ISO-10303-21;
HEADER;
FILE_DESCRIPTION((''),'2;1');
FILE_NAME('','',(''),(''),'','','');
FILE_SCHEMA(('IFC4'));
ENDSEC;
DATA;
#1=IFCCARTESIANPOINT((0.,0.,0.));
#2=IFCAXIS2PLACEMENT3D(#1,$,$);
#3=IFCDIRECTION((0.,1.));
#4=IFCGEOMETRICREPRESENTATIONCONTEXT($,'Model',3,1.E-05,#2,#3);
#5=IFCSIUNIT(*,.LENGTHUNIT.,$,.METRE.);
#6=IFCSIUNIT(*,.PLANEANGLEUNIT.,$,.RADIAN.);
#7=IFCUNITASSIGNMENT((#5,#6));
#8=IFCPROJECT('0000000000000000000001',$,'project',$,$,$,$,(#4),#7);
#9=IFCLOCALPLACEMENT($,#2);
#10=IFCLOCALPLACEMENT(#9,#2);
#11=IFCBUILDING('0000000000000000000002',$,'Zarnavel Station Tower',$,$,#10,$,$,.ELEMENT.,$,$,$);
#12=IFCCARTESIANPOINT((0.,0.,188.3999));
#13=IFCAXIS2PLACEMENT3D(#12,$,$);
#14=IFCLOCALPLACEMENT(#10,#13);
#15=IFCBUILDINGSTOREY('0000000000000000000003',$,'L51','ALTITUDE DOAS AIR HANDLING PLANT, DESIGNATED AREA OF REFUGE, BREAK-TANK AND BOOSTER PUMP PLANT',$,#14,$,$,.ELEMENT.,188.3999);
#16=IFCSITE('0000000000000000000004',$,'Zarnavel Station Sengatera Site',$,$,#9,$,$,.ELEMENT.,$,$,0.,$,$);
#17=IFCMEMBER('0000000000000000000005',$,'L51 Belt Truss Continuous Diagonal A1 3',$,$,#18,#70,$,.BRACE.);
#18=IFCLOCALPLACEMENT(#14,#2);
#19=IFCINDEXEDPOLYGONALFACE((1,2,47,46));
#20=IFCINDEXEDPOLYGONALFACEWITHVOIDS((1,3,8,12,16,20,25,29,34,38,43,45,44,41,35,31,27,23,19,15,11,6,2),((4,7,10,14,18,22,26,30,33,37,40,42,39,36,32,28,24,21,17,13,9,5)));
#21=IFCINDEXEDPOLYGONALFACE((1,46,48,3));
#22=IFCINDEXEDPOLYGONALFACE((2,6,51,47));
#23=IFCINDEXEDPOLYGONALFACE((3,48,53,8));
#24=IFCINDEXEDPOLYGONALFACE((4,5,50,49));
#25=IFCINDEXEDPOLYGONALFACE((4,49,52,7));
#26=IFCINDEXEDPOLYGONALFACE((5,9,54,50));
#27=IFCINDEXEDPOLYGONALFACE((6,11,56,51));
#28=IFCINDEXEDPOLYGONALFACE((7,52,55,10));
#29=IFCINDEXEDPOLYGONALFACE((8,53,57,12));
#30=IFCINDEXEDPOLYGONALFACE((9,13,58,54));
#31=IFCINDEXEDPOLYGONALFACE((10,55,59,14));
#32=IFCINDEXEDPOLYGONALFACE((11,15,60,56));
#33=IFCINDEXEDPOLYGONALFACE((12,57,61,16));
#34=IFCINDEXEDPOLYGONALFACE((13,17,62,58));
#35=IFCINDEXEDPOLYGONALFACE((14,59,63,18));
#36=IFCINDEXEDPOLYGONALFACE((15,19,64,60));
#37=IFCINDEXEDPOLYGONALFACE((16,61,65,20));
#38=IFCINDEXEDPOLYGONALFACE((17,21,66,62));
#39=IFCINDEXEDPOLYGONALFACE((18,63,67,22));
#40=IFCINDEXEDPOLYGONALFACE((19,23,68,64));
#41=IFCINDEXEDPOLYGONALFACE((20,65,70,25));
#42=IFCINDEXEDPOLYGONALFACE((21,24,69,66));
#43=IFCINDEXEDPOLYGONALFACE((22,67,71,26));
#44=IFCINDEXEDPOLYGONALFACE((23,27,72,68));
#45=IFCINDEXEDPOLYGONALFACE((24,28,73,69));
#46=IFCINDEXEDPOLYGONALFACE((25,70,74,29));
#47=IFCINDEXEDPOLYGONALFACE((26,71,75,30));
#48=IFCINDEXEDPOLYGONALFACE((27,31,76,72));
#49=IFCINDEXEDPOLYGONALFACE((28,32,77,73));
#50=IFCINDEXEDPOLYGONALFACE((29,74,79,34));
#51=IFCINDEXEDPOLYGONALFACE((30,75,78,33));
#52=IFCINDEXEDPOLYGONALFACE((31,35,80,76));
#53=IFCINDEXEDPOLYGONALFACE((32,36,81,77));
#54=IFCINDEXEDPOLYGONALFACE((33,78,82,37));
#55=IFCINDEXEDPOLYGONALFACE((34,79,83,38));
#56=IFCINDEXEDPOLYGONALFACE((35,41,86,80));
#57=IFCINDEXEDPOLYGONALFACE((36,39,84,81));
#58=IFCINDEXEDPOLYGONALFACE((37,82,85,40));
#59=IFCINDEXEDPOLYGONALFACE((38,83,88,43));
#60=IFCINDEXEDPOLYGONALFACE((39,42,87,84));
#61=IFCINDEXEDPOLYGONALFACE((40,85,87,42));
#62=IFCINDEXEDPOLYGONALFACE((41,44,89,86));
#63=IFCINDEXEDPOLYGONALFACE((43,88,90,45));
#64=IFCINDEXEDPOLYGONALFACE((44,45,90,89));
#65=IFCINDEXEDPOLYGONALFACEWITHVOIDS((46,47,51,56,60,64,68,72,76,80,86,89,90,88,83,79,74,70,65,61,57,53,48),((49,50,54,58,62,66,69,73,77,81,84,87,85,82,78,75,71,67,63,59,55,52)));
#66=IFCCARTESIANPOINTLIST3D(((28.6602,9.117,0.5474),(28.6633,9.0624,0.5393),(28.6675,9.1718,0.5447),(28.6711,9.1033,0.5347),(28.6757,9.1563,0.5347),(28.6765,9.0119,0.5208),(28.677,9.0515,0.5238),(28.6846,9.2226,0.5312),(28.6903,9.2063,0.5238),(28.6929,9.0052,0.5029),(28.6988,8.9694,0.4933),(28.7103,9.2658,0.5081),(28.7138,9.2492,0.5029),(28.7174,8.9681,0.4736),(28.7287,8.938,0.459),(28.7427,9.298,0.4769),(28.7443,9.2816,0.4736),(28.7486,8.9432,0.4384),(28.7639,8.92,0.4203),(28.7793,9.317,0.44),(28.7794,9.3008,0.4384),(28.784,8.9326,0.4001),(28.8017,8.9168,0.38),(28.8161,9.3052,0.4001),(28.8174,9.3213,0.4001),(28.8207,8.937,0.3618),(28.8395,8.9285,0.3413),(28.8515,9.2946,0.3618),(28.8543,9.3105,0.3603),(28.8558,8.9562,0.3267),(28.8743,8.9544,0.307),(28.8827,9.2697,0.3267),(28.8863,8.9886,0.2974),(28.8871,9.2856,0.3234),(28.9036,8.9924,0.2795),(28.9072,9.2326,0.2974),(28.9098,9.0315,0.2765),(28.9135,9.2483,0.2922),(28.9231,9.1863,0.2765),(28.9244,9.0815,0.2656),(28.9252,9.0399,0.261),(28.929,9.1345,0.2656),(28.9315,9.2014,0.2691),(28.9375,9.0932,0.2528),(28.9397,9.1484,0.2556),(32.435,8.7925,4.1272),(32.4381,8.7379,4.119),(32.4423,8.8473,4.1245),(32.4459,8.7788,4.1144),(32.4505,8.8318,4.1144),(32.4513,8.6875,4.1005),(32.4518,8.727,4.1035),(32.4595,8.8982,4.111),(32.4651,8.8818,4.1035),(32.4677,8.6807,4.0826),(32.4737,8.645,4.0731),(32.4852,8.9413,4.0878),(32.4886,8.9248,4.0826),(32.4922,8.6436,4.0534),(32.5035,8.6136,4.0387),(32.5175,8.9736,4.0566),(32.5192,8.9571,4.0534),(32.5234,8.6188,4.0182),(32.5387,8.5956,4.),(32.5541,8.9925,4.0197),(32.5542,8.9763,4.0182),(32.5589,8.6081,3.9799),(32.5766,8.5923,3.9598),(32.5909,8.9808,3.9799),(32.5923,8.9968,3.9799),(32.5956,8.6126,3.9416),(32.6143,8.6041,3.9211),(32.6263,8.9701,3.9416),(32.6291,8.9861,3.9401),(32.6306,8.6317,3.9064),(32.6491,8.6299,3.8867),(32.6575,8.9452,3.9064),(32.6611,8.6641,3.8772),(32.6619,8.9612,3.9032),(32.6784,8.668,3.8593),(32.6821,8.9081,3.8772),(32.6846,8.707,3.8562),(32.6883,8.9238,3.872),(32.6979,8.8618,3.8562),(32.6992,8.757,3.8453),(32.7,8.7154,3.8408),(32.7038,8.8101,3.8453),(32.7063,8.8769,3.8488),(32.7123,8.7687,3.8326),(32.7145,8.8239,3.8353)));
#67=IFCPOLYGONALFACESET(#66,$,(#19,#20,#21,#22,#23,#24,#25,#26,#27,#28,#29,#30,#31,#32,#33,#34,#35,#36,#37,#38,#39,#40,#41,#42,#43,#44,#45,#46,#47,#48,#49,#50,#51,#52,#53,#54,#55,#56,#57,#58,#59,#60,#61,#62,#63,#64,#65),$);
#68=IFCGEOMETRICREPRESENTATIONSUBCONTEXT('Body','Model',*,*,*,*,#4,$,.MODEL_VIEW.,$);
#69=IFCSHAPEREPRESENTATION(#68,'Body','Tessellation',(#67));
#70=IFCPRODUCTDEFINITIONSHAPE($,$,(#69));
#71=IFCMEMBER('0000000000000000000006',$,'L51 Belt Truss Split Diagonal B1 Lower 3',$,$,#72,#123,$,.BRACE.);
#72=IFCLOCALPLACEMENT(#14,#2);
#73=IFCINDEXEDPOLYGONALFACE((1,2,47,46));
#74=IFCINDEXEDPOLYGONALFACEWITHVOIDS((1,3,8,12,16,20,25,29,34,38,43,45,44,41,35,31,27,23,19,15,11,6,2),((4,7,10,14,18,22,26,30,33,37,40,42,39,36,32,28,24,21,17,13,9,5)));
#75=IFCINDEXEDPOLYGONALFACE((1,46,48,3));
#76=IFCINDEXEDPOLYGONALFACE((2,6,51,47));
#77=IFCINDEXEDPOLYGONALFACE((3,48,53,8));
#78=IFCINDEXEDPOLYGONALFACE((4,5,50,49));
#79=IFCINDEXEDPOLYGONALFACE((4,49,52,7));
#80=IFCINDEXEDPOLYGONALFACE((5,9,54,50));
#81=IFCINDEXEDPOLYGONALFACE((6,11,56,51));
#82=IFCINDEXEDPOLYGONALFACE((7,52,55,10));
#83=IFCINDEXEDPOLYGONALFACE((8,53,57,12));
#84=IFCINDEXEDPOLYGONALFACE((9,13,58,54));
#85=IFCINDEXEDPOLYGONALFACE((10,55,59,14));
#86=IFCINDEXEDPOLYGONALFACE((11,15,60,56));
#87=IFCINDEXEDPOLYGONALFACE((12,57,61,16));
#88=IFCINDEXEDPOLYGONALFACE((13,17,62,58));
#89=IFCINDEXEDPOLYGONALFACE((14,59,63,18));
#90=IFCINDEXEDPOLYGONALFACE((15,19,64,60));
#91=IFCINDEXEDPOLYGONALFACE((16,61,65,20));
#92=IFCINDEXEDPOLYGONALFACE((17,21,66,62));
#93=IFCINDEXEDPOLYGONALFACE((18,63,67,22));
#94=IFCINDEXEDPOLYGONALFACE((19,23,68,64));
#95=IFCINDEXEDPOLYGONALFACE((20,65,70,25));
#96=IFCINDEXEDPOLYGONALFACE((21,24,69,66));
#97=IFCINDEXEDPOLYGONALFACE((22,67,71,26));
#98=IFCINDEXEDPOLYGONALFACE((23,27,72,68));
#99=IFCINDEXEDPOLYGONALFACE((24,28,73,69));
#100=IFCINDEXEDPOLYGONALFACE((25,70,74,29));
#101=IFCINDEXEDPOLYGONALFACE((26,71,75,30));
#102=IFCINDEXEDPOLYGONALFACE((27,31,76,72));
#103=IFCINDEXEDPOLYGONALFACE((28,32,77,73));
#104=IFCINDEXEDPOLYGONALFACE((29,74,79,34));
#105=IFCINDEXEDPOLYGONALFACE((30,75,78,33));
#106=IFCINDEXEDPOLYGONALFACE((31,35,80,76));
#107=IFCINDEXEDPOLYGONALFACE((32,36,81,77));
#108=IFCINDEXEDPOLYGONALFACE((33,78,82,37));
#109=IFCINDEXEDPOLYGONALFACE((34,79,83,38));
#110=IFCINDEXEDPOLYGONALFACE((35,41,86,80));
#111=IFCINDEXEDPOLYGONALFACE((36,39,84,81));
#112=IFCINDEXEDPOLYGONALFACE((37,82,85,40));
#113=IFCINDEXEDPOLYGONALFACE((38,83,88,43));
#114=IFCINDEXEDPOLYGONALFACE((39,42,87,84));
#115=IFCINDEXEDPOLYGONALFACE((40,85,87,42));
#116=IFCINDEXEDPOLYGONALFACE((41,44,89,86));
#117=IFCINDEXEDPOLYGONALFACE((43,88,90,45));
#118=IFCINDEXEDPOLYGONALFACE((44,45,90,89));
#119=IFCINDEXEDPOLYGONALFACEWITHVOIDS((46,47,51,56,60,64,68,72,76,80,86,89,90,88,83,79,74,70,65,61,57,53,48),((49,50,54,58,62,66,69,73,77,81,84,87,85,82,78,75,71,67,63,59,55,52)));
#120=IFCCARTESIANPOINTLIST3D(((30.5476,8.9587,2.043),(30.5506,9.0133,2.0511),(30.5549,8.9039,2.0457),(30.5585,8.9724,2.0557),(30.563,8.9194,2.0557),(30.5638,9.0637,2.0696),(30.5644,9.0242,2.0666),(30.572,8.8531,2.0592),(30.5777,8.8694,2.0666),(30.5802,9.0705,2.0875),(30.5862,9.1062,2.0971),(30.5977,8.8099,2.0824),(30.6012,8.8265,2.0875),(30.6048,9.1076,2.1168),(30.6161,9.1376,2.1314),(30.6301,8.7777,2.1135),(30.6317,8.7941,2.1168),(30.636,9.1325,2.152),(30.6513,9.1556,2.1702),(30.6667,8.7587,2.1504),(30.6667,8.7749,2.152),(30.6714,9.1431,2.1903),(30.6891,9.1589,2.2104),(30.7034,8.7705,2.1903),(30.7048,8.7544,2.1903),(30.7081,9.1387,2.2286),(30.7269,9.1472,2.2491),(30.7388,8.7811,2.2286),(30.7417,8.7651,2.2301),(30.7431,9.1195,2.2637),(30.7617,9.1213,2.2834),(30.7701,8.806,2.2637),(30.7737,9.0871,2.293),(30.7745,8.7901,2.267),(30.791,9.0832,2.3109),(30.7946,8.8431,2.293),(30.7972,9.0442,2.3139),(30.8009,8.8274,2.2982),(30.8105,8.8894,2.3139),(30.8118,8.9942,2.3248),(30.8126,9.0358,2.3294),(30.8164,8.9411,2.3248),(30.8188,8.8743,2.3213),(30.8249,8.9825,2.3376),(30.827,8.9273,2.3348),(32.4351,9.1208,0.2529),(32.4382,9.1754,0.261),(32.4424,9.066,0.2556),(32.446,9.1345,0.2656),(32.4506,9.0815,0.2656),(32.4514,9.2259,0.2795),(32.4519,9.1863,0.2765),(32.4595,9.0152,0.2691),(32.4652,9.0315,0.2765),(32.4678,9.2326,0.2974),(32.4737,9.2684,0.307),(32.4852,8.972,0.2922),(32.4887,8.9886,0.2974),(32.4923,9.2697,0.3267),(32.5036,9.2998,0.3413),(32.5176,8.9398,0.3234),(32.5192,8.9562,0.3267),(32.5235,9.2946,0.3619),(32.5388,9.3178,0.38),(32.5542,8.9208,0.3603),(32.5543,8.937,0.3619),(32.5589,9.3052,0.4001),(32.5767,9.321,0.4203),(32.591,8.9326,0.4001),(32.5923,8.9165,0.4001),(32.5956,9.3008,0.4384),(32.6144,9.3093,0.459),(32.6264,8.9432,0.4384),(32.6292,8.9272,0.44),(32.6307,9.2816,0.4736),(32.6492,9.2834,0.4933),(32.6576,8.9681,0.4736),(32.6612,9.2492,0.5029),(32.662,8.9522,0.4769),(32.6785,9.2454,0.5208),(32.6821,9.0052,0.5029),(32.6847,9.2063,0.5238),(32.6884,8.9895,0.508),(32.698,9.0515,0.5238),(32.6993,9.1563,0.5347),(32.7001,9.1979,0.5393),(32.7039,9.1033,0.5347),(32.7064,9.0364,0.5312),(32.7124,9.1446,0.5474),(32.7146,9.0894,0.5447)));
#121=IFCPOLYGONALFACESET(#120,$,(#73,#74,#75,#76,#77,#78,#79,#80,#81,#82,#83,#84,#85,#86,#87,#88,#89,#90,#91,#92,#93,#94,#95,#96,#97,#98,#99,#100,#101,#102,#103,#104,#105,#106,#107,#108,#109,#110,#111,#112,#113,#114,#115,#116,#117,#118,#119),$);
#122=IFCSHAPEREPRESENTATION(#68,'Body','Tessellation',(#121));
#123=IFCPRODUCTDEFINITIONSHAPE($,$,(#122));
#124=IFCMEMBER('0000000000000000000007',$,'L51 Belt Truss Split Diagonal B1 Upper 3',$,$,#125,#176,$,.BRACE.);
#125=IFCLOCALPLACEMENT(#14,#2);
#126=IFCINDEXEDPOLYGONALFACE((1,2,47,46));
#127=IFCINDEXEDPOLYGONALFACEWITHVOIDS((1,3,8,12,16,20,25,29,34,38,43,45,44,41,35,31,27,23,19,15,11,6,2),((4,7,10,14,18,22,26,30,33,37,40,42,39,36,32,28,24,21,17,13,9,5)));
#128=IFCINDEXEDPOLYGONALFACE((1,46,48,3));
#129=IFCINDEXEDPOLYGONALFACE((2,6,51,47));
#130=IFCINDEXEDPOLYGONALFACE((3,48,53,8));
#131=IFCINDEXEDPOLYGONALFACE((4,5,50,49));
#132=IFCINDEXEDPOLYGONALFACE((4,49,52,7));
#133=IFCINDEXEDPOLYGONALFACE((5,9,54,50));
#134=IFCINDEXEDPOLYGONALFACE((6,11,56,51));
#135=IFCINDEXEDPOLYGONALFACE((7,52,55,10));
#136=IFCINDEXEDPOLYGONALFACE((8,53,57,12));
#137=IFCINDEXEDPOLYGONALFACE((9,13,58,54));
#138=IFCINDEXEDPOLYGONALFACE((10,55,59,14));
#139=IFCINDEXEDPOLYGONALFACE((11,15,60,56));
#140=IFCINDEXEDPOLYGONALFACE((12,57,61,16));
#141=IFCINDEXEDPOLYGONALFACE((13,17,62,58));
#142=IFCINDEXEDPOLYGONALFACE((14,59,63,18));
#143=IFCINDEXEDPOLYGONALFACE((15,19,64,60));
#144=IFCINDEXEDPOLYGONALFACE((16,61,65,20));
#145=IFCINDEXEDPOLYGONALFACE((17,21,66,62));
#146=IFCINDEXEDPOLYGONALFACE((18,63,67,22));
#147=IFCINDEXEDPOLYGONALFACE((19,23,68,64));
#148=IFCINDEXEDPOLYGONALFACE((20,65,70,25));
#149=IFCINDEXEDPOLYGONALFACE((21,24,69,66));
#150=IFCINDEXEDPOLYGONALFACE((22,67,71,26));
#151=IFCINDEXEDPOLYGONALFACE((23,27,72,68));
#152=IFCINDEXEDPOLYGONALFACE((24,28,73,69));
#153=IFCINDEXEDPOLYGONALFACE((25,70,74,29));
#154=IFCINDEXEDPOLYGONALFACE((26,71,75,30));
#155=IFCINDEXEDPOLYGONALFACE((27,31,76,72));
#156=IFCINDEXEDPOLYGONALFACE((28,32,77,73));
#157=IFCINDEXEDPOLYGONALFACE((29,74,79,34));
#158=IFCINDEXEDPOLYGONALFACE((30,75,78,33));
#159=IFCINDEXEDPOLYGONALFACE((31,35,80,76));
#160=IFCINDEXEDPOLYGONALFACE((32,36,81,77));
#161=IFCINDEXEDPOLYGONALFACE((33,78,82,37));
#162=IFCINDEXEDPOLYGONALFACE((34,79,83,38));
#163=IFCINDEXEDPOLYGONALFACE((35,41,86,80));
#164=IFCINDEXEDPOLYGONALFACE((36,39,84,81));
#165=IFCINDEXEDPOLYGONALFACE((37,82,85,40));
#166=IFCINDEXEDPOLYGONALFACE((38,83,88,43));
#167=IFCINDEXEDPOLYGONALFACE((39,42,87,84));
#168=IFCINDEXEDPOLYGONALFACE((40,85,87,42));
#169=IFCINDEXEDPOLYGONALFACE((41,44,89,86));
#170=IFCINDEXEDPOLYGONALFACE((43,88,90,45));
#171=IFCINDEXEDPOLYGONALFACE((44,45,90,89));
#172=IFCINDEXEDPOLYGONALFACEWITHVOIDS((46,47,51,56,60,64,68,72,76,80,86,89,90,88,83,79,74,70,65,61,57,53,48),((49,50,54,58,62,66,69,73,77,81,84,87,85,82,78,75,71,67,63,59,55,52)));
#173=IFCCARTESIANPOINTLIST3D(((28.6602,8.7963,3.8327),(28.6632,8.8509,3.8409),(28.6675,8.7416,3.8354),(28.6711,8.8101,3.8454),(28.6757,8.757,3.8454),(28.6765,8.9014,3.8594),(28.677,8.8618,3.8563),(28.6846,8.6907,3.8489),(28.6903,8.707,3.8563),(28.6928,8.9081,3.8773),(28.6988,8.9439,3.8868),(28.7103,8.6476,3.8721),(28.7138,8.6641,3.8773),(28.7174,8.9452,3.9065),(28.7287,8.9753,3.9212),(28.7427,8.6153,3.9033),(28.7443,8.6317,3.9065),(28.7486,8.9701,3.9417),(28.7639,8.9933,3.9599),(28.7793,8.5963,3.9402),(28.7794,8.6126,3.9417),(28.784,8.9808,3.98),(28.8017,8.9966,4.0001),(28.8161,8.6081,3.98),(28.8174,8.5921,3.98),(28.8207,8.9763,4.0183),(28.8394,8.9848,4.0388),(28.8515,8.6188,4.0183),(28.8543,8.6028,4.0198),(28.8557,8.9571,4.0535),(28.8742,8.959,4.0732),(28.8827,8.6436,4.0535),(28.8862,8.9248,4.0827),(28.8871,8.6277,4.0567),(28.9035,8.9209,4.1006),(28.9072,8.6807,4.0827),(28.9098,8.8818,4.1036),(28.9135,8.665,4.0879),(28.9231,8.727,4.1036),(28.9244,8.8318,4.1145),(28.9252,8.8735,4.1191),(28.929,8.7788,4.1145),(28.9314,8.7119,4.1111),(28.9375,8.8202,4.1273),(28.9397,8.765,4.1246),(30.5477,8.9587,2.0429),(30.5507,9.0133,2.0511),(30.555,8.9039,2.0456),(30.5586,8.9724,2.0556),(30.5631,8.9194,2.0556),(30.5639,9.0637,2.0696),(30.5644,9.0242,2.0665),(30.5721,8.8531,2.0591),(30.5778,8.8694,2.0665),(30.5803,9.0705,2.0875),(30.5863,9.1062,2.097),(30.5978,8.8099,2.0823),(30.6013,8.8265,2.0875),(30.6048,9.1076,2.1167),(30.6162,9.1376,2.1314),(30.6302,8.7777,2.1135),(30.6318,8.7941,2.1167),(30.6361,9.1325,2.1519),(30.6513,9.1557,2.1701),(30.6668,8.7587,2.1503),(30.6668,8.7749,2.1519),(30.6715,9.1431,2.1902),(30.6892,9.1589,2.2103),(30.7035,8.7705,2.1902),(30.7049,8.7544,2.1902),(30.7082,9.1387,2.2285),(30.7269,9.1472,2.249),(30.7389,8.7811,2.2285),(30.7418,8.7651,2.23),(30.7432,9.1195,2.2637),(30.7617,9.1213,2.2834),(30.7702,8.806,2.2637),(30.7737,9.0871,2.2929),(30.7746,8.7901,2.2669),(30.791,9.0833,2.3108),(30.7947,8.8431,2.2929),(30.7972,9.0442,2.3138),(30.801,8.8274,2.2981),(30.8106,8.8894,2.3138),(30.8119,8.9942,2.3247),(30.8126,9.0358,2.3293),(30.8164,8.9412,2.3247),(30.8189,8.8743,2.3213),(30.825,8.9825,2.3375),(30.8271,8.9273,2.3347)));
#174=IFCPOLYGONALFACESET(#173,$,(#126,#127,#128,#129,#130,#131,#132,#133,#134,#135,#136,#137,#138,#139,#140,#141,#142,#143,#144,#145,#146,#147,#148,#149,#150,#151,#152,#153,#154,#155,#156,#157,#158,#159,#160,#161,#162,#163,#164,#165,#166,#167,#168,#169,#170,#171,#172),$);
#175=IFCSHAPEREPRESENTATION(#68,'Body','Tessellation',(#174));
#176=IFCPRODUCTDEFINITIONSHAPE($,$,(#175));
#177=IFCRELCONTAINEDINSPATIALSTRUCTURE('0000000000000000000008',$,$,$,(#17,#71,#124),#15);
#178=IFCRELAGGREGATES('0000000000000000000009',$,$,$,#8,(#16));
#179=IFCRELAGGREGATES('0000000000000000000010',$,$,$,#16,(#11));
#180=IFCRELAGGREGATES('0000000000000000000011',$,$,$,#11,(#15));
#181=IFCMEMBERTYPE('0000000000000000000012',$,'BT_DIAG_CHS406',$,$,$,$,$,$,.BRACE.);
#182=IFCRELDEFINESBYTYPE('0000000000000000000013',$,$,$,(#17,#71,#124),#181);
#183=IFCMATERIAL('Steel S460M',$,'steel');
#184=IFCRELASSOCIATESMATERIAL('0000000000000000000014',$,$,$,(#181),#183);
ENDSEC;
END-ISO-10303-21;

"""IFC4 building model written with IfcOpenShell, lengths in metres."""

from ifc_helpers import new_model, si_unit, direction, frame, origin, origin_2d, place, context, subcontext, project, spatial, hollow_circle, extrude, material, material_profile, profile_set, type_object, element, save


model = new_model("IFC4")

# Units and contexts
model_context = context("Model", 3, precision=1e-05, world=origin(), true_north=direction((0.0, 1.0)))
body_context = subcontext(model_context, "Body", "Model", "MODEL_VIEW")
ifc_project = project(units=[si_unit("LENGTHUNIT", "METRE"), si_unit("PLANEANGLEUNIT", "RADIAN")], contexts=[model_context])

# Site, building, storey
site_placement = place(None, origin())
site = spatial("IfcSite", under=ifc_project, at=site_placement, Name="Zarnavel Station Sengatera Site", CompositionType="ELEMENT", RefElevation=0.0)
building_placement = place(site_placement, origin())
building = spatial("IfcBuilding", under=site, at=building_placement, Name="Zarnavel Station Tower", CompositionType="ELEMENT")
storey_placement = place(building_placement, frame((0.0, 0.0, 188.3999)))
storey = spatial("IfcBuildingStorey", under=building, at=storey_placement, Name="L51", Description="ALTITUDE DOAS AIR HANDLING PLANT, DESIGNATED AREA OF REFUGE, BREAK-TANK AND BOOSTER PUMP PLANT", CompositionType="ELEMENT", Elevation=188.3999)

# Members
ifc_material_1 = material(Name="Steel S460M", Category="steel")
ifc_material_profile_1 = material_profile(ifc_material_1, hollow_circle(Radius=0.2031, WallThickness=0.0161, at=origin_2d()), Name="CHS406.4x16")
ifc_profile_set_1 = profile_set([ifc_material_profile_1], Name="Steel S460M")
member_type_1 = type_object("IfcMemberType", Name="BT_DIAG_CHS406", PredefinedType="BRACE", material=ifc_profile_set_1)
member_1_placement = place(storey_placement, frame((28.8, 9.1189, 0.4001), z_axis=(0.724199, -0.062247, 0.686776), x_axis=(0.085637, 0.996326, 0.0)))
element("IfcMember", 1, at=member_1_placement, inside=storey, type_object=member_type_1, Name="L51 Belt Truss Continuous Diagonal A1 3", PredefinedType="BRACE", context=body_context, shape_type="SweptSolid", body=[
    extrude(hollow_circle(Radius=0.2031, WallThickness=0.0161, at=origin_2d()), origin(), (0.0, 0.0, 1.0), 5.2124),
])
member_2_placement = place(storey_placement, frame((32.575, 9.1189, 0.4001), z_axis=(-0.724178, -0.062198, 0.686803), x_axis=(0.085573, -0.996332, 0.0)))
element("IfcMember", 2, at=member_2_placement, inside=storey, type_object=member_type_1, Name="L51 Belt Truss Split Diagonal B1 Lower 3", PredefinedType="BRACE", context=body_context, shape_type="SweptSolid", body=[
    extrude(hollow_circle(Radius=0.2031, WallThickness=0.0161, at=origin_2d()), origin(), (0.0, 0.0, 1.0), 2.6064),
])
member_3_placement = place(storey_placement, frame((30.6875, 8.9568, 2.1902), z_axis=(-0.72422, -0.062295, 0.686749), x_axis=(0.085701, -0.996321, 0.0)))
element("IfcMember", 3, at=member_3_placement, inside=storey, type_object=member_type_1, Name="L51 Belt Truss Split Diagonal B1 Upper 3", PredefinedType="BRACE", context=body_context, shape_type="SweptSolid", body=[
    extrude(hollow_circle(Radius=0.2031, WallThickness=0.0161, at=origin_2d()), origin(), (0.0, 0.0, 1.0), 2.6062),
])

save(model, "model.ifc")
